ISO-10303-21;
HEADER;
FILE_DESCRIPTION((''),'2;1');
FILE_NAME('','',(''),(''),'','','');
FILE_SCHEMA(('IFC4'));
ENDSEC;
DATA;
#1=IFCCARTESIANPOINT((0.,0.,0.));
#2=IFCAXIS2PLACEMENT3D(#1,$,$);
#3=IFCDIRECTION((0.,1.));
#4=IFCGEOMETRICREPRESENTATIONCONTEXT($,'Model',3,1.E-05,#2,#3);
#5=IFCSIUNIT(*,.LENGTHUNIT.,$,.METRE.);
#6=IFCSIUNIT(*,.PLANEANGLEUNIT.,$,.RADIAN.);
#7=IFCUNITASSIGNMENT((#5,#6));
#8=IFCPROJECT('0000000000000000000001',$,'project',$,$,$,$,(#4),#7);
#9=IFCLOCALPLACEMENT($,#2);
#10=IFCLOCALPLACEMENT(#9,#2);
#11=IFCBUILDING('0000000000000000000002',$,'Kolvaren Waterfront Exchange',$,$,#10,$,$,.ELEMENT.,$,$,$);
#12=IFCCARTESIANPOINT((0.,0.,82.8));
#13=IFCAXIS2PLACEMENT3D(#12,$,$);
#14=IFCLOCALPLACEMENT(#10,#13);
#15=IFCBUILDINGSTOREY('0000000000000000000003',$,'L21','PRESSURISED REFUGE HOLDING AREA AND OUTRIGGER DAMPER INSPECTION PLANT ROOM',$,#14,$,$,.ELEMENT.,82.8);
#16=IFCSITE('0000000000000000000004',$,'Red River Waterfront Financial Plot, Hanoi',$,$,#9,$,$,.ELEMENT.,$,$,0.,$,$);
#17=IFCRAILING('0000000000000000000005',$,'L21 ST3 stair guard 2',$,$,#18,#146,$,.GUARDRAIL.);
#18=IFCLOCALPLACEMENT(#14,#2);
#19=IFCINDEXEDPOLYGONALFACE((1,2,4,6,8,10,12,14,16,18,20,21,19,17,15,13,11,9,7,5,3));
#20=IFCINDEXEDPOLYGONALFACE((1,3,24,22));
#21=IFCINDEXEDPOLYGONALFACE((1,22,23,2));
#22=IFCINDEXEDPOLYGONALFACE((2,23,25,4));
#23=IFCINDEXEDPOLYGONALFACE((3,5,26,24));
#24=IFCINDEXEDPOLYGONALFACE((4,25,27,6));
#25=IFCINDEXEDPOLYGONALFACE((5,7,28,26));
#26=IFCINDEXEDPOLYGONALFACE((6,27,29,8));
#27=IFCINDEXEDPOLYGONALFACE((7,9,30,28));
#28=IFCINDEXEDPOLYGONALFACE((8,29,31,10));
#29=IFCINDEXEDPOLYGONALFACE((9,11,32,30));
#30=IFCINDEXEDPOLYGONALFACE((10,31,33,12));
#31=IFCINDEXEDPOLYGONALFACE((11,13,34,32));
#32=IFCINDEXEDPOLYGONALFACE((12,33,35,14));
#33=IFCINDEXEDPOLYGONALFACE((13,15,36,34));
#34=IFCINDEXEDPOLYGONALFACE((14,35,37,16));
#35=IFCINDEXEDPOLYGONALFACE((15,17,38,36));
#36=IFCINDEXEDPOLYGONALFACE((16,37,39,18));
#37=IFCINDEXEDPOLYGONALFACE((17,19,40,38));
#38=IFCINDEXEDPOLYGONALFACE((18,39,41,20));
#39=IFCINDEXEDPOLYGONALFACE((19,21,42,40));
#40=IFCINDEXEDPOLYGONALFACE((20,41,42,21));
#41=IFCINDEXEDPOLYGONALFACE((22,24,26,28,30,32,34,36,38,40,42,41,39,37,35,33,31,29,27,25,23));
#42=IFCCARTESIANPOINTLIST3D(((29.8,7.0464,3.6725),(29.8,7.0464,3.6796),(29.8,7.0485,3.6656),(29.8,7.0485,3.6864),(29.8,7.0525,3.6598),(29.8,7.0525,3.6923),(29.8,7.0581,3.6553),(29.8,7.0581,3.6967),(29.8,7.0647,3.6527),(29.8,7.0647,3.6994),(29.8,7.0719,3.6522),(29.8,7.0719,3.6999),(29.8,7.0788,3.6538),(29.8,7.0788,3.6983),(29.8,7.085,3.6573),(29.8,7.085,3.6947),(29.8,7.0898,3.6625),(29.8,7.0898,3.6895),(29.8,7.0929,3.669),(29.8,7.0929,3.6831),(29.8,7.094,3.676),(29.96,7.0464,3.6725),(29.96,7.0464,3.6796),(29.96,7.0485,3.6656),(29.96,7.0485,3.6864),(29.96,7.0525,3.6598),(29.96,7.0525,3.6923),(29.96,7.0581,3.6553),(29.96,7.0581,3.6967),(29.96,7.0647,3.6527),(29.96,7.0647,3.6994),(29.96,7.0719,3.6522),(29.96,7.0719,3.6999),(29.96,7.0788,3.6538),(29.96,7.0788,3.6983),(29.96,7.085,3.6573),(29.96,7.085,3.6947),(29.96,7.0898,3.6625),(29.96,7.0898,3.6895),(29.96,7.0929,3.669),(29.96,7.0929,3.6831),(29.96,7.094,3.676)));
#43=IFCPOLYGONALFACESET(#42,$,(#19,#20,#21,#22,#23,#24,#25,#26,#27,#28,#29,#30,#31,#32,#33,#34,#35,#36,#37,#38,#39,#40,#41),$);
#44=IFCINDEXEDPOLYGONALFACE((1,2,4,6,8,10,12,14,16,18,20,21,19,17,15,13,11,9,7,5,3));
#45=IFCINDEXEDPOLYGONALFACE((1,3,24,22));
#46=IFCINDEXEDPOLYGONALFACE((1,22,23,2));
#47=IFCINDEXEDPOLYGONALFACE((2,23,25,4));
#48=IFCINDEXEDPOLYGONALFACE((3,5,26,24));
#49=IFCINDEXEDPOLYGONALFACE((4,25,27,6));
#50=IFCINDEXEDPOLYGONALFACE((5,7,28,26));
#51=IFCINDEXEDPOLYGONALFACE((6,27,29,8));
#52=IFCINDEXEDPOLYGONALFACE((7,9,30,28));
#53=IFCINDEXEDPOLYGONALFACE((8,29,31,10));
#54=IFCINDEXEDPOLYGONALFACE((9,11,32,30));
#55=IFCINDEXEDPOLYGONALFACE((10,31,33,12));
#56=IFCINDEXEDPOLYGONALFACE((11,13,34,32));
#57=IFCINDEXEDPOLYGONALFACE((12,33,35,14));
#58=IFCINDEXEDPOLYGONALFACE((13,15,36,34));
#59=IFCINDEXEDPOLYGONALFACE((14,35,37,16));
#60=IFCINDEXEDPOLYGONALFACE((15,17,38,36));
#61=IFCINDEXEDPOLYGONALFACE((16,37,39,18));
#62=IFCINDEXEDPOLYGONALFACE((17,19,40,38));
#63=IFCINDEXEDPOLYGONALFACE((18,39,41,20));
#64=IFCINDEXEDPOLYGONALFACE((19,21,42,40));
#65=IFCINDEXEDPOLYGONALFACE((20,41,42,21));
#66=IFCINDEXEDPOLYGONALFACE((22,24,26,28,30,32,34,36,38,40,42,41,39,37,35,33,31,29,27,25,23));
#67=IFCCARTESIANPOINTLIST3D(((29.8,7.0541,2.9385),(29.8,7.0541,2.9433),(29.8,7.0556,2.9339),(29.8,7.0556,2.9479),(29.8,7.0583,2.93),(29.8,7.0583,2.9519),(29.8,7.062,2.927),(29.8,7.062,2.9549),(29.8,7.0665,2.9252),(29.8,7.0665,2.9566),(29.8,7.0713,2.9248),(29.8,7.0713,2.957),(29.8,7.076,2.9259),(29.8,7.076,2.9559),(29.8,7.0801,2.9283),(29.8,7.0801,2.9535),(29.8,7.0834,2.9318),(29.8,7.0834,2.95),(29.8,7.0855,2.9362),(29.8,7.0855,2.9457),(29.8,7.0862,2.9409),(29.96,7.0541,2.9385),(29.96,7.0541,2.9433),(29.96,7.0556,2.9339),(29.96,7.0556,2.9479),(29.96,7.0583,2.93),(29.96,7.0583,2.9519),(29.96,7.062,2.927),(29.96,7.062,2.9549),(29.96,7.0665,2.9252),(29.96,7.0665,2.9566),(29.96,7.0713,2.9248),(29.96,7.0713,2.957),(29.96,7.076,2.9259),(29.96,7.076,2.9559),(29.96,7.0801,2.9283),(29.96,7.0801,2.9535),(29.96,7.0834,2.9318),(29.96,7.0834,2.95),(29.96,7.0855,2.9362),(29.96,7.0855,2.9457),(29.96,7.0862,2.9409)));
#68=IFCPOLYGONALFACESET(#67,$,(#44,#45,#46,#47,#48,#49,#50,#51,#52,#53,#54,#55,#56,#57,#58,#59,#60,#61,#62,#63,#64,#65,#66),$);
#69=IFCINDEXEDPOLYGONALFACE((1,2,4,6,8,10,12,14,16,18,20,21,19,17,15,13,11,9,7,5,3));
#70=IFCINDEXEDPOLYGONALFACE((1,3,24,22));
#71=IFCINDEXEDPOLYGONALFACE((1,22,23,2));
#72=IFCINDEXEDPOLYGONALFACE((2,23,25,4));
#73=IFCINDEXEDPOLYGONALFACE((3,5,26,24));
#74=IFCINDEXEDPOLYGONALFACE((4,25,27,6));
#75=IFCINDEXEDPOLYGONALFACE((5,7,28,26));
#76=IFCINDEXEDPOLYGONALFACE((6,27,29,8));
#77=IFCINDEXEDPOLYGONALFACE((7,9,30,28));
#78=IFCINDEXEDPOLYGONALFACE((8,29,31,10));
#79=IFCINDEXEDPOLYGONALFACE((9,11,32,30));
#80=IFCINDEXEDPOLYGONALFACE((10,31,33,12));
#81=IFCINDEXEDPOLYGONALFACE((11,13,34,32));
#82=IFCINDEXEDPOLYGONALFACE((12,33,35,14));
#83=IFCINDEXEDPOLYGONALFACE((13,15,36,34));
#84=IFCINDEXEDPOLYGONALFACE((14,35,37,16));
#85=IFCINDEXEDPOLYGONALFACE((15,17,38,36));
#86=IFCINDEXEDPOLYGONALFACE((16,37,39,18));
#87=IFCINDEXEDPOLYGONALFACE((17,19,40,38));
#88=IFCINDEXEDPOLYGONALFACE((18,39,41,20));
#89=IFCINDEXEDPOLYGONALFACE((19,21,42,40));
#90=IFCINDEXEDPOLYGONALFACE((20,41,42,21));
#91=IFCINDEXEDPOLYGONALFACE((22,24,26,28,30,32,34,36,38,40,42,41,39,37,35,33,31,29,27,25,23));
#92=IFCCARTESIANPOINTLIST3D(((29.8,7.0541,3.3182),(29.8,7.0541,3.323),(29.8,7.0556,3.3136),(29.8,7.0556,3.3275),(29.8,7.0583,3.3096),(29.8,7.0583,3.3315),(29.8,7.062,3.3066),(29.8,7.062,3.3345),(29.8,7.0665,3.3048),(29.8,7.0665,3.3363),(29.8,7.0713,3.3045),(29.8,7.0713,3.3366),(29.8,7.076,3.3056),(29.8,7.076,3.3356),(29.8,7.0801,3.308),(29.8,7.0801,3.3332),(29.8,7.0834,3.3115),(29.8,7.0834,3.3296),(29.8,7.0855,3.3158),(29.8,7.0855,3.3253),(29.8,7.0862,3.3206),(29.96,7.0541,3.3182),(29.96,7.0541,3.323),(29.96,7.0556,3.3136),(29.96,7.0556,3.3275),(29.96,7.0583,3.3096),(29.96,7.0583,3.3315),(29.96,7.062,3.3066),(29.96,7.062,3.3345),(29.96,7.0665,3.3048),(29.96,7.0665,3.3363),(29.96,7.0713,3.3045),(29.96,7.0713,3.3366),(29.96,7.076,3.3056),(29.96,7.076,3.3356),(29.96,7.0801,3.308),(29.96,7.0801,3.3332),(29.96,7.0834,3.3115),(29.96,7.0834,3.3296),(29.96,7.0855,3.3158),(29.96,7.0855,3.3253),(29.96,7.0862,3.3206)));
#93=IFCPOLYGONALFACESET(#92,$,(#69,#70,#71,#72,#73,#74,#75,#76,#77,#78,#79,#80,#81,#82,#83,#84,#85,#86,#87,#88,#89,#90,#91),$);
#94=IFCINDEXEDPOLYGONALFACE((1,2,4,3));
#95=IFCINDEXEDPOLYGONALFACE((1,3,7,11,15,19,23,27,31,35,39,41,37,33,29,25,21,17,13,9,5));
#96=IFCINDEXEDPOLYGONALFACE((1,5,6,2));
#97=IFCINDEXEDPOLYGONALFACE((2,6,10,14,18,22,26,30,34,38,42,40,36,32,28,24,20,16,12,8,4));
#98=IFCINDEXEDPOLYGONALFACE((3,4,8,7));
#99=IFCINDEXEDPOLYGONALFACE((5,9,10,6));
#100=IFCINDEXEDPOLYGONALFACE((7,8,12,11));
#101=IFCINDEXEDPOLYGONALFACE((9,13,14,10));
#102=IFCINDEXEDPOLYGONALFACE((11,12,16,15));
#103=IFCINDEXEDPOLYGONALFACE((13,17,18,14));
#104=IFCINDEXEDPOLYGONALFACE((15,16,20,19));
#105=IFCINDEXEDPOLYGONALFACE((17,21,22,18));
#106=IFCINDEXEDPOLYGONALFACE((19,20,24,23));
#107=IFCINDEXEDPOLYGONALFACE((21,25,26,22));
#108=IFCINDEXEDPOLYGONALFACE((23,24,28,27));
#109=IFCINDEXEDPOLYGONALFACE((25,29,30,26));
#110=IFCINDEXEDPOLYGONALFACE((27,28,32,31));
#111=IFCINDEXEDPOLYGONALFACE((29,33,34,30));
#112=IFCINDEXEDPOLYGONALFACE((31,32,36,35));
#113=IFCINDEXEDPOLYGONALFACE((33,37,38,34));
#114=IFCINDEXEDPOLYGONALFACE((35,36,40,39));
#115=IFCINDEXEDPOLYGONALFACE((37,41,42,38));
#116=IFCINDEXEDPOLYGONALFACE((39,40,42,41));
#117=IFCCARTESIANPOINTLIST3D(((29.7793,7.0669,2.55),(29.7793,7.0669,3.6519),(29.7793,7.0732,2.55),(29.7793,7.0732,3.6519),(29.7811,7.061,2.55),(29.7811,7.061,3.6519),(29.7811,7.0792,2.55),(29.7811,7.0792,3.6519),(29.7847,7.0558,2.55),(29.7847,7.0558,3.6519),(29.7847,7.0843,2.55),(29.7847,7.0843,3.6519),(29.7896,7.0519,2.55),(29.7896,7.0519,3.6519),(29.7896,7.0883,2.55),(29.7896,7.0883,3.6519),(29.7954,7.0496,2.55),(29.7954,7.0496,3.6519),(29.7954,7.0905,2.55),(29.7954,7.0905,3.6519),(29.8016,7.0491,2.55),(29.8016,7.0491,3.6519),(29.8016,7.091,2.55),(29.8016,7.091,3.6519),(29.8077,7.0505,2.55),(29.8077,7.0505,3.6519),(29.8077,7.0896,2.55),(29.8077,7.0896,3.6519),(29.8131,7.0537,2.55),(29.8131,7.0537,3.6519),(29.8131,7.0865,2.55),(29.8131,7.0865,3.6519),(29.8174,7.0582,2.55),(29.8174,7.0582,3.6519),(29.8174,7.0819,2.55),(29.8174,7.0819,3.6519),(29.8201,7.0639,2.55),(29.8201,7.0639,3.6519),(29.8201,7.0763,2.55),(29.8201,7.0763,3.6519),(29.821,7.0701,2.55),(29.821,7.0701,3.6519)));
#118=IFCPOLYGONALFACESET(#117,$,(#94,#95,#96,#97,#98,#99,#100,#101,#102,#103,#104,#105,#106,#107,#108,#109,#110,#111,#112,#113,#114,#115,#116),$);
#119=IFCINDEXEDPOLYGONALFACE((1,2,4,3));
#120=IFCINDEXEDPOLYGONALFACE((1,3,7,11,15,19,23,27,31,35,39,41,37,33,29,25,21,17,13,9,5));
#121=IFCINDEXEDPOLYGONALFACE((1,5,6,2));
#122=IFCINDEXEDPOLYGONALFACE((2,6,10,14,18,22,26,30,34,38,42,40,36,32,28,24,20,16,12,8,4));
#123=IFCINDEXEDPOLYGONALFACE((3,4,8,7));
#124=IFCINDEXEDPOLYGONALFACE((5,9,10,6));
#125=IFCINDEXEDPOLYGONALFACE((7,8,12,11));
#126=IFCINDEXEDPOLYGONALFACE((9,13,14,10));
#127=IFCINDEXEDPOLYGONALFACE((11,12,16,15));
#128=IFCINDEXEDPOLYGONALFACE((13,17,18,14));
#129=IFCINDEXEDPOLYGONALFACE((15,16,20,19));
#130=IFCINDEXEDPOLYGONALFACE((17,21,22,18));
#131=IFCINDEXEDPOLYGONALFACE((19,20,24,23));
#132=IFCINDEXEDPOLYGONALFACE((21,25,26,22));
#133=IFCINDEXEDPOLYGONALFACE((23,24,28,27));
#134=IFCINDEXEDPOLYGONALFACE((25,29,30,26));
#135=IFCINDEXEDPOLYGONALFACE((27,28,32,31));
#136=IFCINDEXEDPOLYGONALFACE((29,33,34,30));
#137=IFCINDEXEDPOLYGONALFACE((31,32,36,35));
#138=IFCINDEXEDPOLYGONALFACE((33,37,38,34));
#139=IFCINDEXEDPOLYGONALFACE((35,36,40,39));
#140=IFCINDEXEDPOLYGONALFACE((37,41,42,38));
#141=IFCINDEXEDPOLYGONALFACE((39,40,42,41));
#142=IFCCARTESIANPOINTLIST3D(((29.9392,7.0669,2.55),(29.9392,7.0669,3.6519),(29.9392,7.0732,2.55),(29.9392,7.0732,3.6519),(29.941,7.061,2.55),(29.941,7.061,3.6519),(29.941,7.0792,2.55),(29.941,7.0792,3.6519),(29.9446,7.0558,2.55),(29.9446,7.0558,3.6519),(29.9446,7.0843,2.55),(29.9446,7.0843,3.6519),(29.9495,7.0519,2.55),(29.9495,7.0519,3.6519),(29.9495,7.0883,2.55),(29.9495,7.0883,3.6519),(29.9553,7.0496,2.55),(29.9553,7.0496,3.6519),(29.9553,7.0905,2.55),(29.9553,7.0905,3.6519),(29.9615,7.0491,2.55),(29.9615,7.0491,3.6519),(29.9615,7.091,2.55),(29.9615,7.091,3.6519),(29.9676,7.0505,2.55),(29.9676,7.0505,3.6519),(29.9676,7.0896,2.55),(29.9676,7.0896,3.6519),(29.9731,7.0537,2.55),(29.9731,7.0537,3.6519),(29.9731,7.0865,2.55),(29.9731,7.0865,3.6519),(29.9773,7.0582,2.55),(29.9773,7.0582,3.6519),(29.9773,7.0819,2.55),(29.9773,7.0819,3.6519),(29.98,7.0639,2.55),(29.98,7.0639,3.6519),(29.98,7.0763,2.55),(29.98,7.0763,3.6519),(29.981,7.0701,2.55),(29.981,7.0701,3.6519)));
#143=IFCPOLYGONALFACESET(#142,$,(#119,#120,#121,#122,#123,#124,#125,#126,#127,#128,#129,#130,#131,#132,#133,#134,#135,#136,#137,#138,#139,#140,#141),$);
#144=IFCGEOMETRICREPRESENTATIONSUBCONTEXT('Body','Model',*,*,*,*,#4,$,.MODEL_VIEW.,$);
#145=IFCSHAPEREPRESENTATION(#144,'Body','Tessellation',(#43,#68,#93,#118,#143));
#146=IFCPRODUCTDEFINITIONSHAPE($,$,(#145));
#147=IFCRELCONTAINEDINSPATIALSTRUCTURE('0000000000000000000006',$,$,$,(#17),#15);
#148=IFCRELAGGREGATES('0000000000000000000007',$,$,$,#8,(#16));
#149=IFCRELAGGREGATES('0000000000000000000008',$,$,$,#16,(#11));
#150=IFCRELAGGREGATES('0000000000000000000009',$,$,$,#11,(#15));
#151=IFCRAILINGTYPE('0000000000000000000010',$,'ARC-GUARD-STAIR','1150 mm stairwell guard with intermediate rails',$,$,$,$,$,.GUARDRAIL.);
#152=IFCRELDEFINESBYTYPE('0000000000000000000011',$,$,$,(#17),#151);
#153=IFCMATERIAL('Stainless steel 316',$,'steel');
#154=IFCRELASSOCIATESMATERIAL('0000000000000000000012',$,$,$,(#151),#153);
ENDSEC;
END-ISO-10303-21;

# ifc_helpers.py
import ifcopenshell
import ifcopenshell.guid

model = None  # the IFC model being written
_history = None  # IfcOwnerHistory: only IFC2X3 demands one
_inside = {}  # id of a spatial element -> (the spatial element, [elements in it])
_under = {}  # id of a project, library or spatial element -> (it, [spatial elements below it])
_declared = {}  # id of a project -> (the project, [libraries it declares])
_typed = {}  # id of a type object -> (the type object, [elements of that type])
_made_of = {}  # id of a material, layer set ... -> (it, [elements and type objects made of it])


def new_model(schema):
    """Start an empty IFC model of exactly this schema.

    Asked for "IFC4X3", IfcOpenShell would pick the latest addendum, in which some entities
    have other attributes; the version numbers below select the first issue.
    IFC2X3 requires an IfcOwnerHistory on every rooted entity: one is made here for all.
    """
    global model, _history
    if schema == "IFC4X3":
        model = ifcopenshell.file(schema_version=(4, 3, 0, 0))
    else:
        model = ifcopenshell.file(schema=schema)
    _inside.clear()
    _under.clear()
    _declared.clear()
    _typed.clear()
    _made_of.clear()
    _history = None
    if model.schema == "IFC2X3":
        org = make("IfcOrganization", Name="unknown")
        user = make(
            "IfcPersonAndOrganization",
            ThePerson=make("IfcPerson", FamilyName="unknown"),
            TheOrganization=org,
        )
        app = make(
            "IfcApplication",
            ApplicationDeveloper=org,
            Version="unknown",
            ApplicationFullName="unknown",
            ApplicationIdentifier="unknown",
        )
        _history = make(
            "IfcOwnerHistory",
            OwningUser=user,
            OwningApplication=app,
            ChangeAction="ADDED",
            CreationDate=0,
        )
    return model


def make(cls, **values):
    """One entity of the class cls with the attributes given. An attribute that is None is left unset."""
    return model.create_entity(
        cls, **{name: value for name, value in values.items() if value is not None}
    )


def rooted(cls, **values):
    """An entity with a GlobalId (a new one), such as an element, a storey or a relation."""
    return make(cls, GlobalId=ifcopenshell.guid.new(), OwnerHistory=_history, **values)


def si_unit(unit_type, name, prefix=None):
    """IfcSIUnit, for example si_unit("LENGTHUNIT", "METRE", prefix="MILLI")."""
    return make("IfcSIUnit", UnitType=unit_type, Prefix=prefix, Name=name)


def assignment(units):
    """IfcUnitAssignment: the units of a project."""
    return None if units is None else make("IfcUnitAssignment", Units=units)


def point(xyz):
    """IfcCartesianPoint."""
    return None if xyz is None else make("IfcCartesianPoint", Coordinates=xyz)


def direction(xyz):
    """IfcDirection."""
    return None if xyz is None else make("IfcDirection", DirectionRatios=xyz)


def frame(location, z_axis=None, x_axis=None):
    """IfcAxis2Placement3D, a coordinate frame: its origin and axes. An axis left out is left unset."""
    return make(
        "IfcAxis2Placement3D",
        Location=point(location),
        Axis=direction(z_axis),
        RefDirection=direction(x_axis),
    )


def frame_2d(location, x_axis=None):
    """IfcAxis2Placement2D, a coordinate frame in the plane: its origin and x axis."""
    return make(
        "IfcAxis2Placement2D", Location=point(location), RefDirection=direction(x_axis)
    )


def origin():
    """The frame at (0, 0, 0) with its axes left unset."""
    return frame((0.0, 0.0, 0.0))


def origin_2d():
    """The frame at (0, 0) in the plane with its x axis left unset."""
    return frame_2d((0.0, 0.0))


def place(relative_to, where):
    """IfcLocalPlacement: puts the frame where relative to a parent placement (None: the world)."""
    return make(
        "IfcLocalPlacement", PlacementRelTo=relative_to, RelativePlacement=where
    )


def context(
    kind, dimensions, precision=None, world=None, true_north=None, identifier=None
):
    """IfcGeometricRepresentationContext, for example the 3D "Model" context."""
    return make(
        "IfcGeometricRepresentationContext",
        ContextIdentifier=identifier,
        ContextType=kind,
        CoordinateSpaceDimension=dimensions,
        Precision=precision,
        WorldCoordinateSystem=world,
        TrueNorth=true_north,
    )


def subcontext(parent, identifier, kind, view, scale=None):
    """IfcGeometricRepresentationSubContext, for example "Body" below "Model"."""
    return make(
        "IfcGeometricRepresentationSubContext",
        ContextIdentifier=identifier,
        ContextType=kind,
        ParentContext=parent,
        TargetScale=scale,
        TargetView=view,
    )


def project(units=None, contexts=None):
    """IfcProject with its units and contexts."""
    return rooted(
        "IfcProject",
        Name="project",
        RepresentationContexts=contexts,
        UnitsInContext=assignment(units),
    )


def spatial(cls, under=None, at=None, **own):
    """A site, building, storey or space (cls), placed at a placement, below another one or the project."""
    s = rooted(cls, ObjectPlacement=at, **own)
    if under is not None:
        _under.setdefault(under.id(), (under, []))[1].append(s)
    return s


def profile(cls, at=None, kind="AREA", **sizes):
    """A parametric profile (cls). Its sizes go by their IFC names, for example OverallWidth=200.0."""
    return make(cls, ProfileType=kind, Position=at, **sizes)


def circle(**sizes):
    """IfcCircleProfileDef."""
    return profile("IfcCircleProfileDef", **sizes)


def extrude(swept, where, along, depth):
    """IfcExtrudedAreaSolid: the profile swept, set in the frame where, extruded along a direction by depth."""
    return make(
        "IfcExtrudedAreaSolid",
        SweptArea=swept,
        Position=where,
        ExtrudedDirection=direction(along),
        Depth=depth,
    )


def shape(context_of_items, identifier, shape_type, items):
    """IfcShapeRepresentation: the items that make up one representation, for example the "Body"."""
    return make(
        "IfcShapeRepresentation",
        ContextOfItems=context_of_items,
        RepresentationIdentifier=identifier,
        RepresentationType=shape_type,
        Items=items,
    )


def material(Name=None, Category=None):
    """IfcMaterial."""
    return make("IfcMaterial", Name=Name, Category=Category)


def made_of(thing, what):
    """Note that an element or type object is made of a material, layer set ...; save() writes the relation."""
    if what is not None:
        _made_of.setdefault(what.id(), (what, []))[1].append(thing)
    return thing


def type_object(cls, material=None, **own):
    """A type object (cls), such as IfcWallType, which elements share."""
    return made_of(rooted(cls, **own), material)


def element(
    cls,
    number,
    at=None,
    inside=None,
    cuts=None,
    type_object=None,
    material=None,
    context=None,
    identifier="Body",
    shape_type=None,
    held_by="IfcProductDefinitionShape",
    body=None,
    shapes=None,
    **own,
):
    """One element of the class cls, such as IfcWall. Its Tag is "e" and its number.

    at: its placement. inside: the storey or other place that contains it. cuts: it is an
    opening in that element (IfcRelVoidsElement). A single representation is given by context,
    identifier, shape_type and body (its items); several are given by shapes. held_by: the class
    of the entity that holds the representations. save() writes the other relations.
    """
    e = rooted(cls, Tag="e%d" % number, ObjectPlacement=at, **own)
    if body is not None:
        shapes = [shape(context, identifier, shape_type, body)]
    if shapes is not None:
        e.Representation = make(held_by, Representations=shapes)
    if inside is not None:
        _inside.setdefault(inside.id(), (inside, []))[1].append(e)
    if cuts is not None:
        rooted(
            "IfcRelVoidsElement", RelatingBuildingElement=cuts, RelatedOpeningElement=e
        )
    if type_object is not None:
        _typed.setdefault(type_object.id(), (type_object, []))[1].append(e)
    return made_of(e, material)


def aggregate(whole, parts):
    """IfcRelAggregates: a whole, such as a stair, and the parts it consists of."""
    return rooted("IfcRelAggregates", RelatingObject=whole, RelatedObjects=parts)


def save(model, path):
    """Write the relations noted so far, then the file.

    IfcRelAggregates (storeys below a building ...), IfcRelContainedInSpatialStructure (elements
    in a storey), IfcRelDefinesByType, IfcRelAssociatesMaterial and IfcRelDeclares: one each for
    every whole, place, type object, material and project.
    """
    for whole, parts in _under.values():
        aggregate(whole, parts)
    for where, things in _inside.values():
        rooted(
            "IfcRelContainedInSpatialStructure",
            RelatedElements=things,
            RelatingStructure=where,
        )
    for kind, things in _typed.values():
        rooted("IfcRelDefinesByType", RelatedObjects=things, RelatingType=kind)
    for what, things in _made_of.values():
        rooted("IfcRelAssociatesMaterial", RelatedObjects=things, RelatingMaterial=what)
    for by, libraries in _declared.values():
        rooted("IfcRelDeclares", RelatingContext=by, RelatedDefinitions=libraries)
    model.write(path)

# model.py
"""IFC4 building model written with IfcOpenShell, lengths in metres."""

from ifc_helpers import new_model, si_unit, direction, frame, origin, origin_2d, place, context, subcontext, project, spatial, circle, extrude, material, type_object, element, save


model = new_model("IFC4")

# Units and contexts
model_context = context("Model", 3, precision=1e-05, world=origin(), true_north=direction((0.0, 1.0)))
body_context = subcontext(model_context, "Body", "Model", "MODEL_VIEW")
ifc_project = project(units=[si_unit("LENGTHUNIT", "METRE"), si_unit("PLANEANGLEUNIT", "RADIAN")], contexts=[model_context])

# Site, building, storey
site_placement = place(None, origin())
site = spatial("IfcSite", under=ifc_project, at=site_placement, Name="Red River Waterfront Financial Plot, Hanoi", CompositionType="ELEMENT", RefElevation=0.0)
building_placement = place(site_placement, origin())
building = spatial("IfcBuilding", under=site, at=building_placement, Name="Kolvaren Waterfront Exchange", CompositionType="ELEMENT")
storey_placement = place(building_placement, frame((0.0, 0.0, 82.8)))
storey = spatial("IfcBuildingStorey", under=building, at=storey_placement, Name="L21", Description="PRESSURISED REFUGE HOLDING AREA AND OUTRIGGER DAMPER INSPECTION PLANT ROOM", CompositionType="ELEMENT", Elevation=82.8)

# Railing
ifc_material_1 = material(Name="Stainless steel 316", Category="steel")
railing_type_1 = type_object("IfcRailingType", Name="ARC-GUARD-STAIR", Description="1150 mm stairwell guard with intermediate rails", PredefinedType="GUARDRAIL", material=ifc_material_1)
railing_1_placement = place(storey_placement, frame((29.8, 7.0701, 2.55)))
element("IfcRailing", 1, at=railing_1_placement, inside=storey, type_object=railing_type_1, Name="L21 ST3 stair guard 2", PredefinedType="GUARDRAIL", context=body_context, shape_type="SweptSolid", body=[
    extrude(circle(Radius=0.0239, at=origin_2d()), frame((0.0, 0.0, 1.126), z_axis=(1.0, 0.0, 0.0), x_axis=(0.0, 1.0, 0.0)), (0.0, 0.0, 1.0), 0.1599),
    extrude(circle(Radius=0.0161, at=origin_2d()), frame((0.0, 0.0, 0.3909), z_axis=(1.0, 0.0, 0.0), x_axis=(0.0, 1.0, 0.0)), (0.0, 0.0, 1.0), 0.1599),
    extrude(circle(Radius=0.0161, at=origin_2d()), frame((0.0, 0.0, 0.7705), z_axis=(1.0, 0.0, 0.0), x_axis=(0.0, 1.0, 0.0)), (0.0, 0.0, 1.0), 0.1599),
    extrude(circle(Radius=0.021, at=origin_2d()), origin(), (0.0, 0.0, 1.0), 1.1018),
    extrude(circle(Radius=0.021, at=origin_2d()), frame((0.1599, 0.0, 0.0)), (0.0, 0.0, 1.0), 1.1018),
])

save(model, "model.ifc")
